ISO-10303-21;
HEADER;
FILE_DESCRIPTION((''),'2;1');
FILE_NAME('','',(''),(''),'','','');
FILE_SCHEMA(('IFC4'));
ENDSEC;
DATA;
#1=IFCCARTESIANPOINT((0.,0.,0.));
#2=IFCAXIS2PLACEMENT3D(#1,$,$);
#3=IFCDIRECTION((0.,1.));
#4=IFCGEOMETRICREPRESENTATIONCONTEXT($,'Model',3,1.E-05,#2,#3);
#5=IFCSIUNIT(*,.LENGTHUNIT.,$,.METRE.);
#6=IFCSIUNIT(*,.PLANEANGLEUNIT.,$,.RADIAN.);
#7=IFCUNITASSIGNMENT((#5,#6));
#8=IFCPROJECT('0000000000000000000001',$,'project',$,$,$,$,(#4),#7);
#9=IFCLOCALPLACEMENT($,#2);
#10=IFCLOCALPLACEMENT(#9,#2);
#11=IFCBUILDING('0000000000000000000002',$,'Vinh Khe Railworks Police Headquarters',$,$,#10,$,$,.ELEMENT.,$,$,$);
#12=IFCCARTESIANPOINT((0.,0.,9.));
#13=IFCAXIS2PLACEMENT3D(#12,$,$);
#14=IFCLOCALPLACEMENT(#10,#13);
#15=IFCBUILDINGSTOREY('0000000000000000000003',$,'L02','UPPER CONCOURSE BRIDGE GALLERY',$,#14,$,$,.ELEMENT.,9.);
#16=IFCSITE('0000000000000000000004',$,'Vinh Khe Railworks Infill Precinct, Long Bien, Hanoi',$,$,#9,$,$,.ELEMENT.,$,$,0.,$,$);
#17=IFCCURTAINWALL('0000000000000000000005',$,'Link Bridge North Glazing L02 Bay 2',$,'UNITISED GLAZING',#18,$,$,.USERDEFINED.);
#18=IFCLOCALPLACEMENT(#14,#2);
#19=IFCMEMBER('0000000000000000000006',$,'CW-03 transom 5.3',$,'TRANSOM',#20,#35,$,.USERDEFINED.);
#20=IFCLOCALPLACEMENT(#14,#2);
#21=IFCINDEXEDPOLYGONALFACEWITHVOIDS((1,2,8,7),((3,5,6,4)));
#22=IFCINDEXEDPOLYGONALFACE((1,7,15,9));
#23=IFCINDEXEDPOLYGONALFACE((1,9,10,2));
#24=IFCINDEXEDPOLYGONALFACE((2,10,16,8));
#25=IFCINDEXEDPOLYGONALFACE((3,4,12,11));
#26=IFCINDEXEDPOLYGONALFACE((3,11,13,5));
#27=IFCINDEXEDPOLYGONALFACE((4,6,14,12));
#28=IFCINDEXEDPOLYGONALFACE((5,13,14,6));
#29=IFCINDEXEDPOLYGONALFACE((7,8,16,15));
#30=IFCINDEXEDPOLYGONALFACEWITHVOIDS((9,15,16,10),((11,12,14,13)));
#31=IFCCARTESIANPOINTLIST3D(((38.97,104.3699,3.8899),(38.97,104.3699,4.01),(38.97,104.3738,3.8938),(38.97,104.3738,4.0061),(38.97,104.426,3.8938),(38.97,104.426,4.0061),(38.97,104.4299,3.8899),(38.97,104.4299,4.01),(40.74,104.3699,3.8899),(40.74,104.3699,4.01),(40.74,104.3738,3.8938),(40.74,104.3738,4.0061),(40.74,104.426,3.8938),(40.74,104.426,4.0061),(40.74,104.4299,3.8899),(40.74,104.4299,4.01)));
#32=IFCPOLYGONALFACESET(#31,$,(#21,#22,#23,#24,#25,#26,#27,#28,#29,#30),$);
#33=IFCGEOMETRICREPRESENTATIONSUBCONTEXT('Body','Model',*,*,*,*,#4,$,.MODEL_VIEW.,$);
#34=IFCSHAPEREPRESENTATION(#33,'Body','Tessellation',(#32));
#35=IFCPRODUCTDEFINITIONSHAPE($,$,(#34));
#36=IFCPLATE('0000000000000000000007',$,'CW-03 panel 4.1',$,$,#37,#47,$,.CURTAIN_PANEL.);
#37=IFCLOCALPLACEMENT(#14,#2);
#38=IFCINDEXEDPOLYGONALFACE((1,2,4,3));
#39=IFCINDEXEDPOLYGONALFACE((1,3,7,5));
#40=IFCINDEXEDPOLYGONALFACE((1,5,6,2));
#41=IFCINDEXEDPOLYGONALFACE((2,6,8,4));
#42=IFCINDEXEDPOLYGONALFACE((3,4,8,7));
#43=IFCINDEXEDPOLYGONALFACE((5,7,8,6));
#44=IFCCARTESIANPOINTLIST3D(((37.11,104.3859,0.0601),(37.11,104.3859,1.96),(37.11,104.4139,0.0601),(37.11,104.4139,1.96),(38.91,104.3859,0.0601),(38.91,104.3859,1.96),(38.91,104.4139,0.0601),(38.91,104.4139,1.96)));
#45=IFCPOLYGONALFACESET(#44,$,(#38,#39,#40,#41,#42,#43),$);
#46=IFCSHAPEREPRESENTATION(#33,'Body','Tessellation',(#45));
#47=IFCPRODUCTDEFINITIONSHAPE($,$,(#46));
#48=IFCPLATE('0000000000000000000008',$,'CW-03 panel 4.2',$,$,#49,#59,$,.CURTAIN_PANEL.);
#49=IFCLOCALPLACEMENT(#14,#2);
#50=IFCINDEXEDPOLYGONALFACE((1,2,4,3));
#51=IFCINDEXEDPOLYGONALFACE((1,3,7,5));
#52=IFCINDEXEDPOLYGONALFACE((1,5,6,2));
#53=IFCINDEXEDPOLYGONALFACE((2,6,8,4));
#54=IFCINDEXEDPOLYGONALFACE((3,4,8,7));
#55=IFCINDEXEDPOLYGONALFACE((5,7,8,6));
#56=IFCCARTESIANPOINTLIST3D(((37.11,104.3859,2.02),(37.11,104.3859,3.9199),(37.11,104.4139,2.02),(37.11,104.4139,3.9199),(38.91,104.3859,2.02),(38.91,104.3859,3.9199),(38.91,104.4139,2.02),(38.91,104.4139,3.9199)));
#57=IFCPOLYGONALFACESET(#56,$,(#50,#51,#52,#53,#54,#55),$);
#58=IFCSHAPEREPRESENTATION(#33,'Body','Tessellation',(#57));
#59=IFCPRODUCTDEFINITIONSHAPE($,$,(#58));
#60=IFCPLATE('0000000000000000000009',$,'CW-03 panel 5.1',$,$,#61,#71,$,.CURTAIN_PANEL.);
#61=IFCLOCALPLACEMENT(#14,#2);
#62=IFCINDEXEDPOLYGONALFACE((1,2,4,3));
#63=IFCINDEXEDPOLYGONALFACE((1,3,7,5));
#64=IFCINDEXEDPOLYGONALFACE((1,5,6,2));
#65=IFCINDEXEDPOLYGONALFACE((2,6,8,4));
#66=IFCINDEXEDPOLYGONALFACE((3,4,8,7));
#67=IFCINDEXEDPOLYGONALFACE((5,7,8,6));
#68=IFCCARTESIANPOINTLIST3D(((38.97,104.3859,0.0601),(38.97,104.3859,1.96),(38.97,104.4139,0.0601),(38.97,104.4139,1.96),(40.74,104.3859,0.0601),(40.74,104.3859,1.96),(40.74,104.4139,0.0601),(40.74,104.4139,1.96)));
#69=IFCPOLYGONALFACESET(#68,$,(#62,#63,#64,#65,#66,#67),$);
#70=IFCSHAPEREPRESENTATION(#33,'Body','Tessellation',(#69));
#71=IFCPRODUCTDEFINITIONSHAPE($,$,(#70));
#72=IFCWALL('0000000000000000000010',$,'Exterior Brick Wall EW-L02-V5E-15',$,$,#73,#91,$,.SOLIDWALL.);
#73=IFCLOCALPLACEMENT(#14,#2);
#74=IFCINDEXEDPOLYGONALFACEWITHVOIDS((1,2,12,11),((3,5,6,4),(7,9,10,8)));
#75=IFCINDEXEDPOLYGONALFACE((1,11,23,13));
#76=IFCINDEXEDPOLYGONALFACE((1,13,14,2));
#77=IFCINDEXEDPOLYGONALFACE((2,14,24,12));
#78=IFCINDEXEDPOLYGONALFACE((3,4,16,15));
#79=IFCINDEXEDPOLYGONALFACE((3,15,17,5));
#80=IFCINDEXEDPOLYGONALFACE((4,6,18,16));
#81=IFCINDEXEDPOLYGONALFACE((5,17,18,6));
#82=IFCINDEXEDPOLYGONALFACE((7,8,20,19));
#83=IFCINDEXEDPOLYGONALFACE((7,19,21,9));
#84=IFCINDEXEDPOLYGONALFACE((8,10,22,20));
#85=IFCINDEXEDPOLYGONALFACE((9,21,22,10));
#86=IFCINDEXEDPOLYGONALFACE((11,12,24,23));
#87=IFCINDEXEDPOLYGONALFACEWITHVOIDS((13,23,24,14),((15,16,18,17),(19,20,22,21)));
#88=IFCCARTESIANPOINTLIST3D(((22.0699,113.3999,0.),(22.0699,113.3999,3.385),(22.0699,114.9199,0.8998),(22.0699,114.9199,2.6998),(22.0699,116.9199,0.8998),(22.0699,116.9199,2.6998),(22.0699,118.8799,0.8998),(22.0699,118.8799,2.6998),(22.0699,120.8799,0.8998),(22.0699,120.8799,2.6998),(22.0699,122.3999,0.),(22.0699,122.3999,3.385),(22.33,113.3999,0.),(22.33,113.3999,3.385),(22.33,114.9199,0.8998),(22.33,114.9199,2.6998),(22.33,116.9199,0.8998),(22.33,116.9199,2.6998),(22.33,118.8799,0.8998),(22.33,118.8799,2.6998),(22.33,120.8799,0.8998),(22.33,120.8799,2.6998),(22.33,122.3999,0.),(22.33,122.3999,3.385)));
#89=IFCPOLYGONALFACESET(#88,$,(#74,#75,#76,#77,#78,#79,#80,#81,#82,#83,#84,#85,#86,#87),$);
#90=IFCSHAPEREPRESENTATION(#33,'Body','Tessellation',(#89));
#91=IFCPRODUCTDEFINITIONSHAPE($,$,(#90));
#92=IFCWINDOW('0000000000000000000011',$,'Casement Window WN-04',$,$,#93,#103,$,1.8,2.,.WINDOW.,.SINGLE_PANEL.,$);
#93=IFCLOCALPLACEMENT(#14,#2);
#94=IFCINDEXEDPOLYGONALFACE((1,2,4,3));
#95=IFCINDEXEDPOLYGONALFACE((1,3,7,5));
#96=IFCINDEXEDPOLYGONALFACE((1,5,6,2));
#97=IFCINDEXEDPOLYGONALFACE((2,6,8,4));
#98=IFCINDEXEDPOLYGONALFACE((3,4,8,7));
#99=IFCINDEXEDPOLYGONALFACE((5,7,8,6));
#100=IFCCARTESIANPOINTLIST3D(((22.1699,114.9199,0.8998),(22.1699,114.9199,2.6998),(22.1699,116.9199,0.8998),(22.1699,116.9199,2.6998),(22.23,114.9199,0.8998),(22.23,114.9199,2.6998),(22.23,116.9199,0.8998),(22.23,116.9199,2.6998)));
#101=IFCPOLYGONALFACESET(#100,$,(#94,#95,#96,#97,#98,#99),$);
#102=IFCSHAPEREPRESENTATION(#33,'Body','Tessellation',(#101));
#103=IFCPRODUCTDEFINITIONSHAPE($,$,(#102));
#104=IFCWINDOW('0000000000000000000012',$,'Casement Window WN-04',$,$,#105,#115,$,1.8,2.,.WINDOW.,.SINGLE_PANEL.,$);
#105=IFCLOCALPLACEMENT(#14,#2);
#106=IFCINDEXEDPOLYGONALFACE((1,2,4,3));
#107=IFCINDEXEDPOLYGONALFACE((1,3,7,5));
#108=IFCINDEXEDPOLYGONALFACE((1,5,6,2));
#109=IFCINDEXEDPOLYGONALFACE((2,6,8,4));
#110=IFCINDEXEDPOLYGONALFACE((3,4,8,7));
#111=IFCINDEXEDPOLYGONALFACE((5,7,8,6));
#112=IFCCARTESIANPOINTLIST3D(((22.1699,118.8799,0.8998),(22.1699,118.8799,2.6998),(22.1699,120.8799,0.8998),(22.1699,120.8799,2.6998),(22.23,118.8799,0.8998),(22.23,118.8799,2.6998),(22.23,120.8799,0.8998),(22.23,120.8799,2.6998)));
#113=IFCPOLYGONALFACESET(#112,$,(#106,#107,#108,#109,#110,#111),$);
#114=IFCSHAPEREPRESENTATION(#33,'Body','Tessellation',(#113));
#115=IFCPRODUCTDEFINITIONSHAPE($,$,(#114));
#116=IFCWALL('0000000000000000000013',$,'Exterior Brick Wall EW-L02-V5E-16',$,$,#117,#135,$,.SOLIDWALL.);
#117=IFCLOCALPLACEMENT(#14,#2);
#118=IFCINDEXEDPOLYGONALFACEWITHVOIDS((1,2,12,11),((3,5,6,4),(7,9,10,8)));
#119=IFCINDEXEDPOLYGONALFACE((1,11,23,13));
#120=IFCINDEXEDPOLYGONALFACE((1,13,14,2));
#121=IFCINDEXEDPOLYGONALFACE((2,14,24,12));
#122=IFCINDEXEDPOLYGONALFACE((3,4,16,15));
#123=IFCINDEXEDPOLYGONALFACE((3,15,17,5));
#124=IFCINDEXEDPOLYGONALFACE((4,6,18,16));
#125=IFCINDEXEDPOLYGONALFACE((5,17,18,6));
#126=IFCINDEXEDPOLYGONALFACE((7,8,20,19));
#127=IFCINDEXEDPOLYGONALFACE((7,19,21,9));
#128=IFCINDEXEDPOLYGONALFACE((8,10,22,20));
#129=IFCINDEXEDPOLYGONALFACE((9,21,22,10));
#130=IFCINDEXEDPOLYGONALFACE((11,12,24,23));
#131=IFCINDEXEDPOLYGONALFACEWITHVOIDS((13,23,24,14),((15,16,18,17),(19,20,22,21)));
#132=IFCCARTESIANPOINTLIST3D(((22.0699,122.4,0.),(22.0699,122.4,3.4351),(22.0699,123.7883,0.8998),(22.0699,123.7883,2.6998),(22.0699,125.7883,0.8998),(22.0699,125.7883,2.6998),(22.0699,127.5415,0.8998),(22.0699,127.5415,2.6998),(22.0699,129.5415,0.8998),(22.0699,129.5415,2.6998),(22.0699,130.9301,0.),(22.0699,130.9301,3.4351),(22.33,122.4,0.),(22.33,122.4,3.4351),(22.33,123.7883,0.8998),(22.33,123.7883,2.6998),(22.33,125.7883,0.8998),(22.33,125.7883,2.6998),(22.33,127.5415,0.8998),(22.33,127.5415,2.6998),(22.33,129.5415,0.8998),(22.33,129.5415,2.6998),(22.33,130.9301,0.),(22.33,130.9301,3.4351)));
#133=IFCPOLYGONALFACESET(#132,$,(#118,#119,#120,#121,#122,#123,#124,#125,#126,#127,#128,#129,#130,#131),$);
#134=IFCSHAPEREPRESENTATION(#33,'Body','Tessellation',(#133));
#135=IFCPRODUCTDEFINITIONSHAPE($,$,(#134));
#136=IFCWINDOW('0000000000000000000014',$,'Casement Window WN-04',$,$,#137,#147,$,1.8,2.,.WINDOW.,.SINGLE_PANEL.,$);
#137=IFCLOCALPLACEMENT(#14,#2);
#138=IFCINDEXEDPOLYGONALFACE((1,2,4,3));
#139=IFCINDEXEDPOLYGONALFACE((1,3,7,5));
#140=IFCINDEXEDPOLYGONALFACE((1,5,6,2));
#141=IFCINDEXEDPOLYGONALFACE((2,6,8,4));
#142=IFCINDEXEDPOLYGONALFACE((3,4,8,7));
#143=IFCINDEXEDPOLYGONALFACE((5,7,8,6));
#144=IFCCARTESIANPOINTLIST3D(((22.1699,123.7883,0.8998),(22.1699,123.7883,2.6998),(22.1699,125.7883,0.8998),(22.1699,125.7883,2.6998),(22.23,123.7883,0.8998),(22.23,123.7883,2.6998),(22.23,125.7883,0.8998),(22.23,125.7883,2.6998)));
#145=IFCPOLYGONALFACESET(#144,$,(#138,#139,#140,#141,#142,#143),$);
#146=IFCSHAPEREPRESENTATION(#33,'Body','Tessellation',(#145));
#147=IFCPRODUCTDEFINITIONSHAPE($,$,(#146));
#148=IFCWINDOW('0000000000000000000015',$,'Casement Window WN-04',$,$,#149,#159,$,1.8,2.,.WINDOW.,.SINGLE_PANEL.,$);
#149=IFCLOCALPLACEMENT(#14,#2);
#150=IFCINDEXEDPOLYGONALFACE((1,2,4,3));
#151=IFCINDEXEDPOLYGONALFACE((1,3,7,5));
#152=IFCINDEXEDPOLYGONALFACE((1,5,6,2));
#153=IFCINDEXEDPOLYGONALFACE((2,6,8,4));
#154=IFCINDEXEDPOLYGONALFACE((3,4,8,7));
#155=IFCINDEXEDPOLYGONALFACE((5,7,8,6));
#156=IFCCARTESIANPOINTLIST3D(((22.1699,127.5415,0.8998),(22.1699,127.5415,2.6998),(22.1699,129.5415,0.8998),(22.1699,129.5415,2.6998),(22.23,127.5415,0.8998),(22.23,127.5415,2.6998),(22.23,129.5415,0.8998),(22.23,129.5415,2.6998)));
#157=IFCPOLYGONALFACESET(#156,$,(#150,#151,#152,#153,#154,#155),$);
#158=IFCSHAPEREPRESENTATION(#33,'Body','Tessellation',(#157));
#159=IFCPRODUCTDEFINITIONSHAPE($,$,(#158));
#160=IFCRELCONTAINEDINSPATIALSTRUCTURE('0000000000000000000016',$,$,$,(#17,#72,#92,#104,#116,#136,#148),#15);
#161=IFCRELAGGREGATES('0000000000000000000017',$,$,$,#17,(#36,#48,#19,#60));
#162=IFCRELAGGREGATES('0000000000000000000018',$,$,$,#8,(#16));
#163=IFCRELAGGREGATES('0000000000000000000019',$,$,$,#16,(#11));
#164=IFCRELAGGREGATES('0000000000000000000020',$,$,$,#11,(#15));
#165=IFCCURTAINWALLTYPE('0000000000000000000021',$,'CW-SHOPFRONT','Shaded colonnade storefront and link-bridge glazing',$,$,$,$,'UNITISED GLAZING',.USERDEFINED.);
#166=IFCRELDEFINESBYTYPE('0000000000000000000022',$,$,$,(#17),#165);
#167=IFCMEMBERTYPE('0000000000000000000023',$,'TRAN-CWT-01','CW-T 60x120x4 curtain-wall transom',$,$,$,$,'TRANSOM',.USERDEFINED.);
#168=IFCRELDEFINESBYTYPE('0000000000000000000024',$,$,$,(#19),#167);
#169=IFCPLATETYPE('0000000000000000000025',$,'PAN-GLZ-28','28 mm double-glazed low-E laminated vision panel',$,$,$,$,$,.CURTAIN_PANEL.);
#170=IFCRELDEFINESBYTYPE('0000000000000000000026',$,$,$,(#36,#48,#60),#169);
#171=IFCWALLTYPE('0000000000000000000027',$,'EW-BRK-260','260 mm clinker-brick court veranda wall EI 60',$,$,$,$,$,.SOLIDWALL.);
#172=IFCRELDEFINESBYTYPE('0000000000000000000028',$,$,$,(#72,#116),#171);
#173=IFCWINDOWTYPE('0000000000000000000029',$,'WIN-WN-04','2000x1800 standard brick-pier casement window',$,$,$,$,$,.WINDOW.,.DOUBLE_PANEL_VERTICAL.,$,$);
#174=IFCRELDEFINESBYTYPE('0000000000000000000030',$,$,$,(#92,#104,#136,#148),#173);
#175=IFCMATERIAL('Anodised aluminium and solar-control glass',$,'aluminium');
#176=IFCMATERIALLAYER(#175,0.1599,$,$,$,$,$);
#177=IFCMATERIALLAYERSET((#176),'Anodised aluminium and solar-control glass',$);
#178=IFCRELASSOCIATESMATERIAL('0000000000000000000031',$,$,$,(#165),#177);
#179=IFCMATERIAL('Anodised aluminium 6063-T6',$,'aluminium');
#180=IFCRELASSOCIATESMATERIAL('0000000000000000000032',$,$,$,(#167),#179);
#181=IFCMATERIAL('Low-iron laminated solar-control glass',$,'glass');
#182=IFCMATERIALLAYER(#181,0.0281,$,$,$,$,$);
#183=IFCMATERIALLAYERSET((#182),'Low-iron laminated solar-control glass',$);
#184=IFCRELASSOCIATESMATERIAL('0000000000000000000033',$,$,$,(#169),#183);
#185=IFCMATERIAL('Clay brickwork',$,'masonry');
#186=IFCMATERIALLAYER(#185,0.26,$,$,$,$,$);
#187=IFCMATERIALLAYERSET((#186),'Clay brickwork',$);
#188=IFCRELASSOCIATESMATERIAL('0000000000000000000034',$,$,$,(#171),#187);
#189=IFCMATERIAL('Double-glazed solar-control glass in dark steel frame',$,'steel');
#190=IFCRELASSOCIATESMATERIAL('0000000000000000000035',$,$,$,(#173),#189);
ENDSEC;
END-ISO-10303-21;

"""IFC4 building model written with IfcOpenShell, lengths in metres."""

from ifc_helpers import new_model, si_unit, direction, frame, frame_2d, origin, origin_2d, place, context, subcontext, project, spatial, rectangle, hollow_rectangle, extrude, material, layer, layer_set, material_profile, profile_set, type_object, element, fill, aggregate, save


model = new_model("IFC4")

# Units and contexts
model_context = context("Model", 3, precision=1e-05, world=origin(), true_north=direction((0.0, 1.0)))
body_context = subcontext(model_context, "Body", "Model", "MODEL_VIEW")
ifc_project = project(units=[si_unit("LENGTHUNIT", "METRE"), si_unit("PLANEANGLEUNIT", "RADIAN")], contexts=[model_context])

# Site, building, storey
site_placement = place(None, origin())
site = spatial("IfcSite", under=ifc_project, at=site_placement, Name="Vinh Khe Railworks Infill Precinct, Long Bien, Hanoi", CompositionType="ELEMENT", RefElevation=0.0)
building_placement = place(site_placement, origin())
building = spatial("IfcBuilding", under=site, at=building_placement, Name="Vinh Khe Railworks Police Headquarters", CompositionType="ELEMENT")
storey_placement = place(building_placement, frame((0.0, 0.0, 9.0)))
storey = spatial("IfcBuildingStorey", under=building, at=storey_placement, Name="L02", Description="UPPER CONCOURSE BRIDGE GALLERY", CompositionType="ELEMENT", Elevation=9.0)

# Curtain wall
ifc_material_1 = material(Name="Anodised aluminium and solar-control glass", Category="aluminium")
ifc_layer_1 = layer(ifc_material_1, 0.1599)
ifc_layer_set_1 = layer_set([ifc_layer_1], Name="Anodised aluminium and solar-control glass")
curtain_wall_type = type_object("IfcCurtainWallType", Name="CW-SHOPFRONT", Description="Shaded colonnade storefront and link-bridge glazing", ElementType="UNITISED GLAZING", PredefinedType="USERDEFINED", material=ifc_layer_set_1)
curtain_wall_placement = place(storey_placement, origin())
curtain_wall = element("IfcCurtainWall", 1, at=curtain_wall_placement, inside=storey, type_object=curtain_wall_type, Name="Link Bridge North Glazing L02 Bay 2", ObjectType="UNITISED GLAZING", PredefinedType="USERDEFINED")
ifc_material_2 = material(Name="Anodised aluminium 6063-T6", Category="aluminium")

# Member
ifc_material_profile_1 = material_profile(ifc_material_2, hollow_rectangle(XDim=0.0601, YDim=0.1201, WallThickness=0.0039, at=origin_2d()), Name="CW-T 60x120x4")
ifc_profile_set_1 = profile_set([ifc_material_profile_1], Name="Anodised aluminium 6063-T6")
member_type_1 = type_object("IfcMemberType", Name="TRAN-CWT-01", Description="CW-T 60x120x4 curtain-wall transom", ElementType="TRANSOM", PredefinedType="USERDEFINED", material=ifc_profile_set_1)
member_1_placement = place(storey_placement, frame((38.97, 104.3999, 3.95), z_axis=(1.0, 0.0, 0.0), x_axis=(0.0, 1.0, 0.0)))
member_1 = element("IfcMember", 2, at=member_1_placement, type_object=member_type_1, Name="CW-03 transom 5.3", ObjectType="TRANSOM", PredefinedType="USERDEFINED", context=body_context, shape_type="SweptSolid", body=[
    extrude(hollow_rectangle(XDim=0.0601, YDim=0.1201, WallThickness=0.0039, at=origin_2d()), origin(), (0.0, 0.0, 1.0), 1.77),
])

# Plates
ifc_material_3 = material(Name="Low-iron laminated solar-control glass", Category="glass")
ifc_layer_2 = layer(ifc_material_3, 0.0281)
ifc_layer_set_2 = layer_set([ifc_layer_2], Name="Low-iron laminated solar-control glass")
plate_type = type_object("IfcPlateType", Name="PAN-GLZ-28", Description="28 mm double-glazed low-E laminated vision panel", PredefinedType="CURTAIN_PANEL", material=ifc_layer_set_2)
plate_1_placement = place(storey_placement, frame((38.01, 104.3999, 0.0601), z_axis=(0.0, 0.0, 1.0), x_axis=(1.0, 0.0, 0.0)))
plate_1 = element("IfcPlate", 3, at=plate_1_placement, type_object=plate_type, Name="CW-03 panel 4.1", PredefinedType="CURTAIN_PANEL", context=body_context, shape_type="SweptSolid", body=[
    extrude(rectangle(XDim=1.8, YDim=0.0281, at=origin_2d()), origin(), (0.0, 0.0, 1.0), 1.8999),
])
plate_2_placement = place(storey_placement, frame((38.01, 104.3999, 2.02), z_axis=(0.0, 0.0, 1.0), x_axis=(1.0, 0.0, 0.0)))
plate_2 = element("IfcPlate", 4, at=plate_2_placement, type_object=plate_type, Name="CW-03 panel 4.2", PredefinedType="CURTAIN_PANEL", context=body_context, shape_type="SweptSolid", body=[
    extrude(rectangle(XDim=1.8, YDim=0.0281, at=origin_2d()), origin(), (0.0, 0.0, 1.0), 1.8999),
])
plate_3_placement = place(storey_placement, frame((39.855, 104.3999, 0.0601), z_axis=(0.0, 0.0, 1.0), x_axis=(1.0, 0.0, 0.0)))
plate_3 = element("IfcPlate", 5, at=plate_3_placement, type_object=plate_type, Name="CW-03 panel 5.1", PredefinedType="CURTAIN_PANEL", context=body_context, shape_type="SweptSolid", body=[
    extrude(rectangle(XDim=1.77, YDim=0.0281, at=origin_2d()), origin(), (0.0, 0.0, 1.0), 1.8999),
])
aggregate(curtain_wall, [plate_1, plate_2, member_1, plate_3])

# Walls, openings, windows
ifc_material_4 = material(Name="Clay brickwork", Category="masonry")
ifc_layer_3 = layer(ifc_material_4, 0.26)
ifc_layer_set_3 = layer_set([ifc_layer_3], Name="Clay brickwork")
wall_type = type_object("IfcWallType", Name="EW-BRK-260", Description="260 mm clinker-brick court veranda wall EI 60", PredefinedType="SOLIDWALL", material=ifc_layer_set_3)
wall_1_placement = place(storey_placement, frame((22.2, 113.3999, 0.0), z_axis=(0.0, 0.0, 1.0), x_axis=(0.0, 1.0, 0.0)))
wall_1 = element("IfcWall", 6, at=wall_1_placement, inside=storey, type_object=wall_type, Name="Exterior Brick Wall EW-L02-V5E-15", PredefinedType="SOLIDWALL", context=body_context, shape_type="SweptSolid", body=[
    extrude(rectangle(XDim=9.0, YDim=0.26, at=frame_2d((4.5, 0.0))), origin(), (0.0, 0.0, 1.0), 3.385),
])
opening_1_placement = place(wall_1_placement, frame((1.52, 0.0, 0.8999)))
opening_1 = element("IfcOpeningElement", 7, at=opening_1_placement, cuts=wall_1, PredefinedType="OPENING", context=body_context, shape_type="SweptSolid", body=[
    extrude(rectangle(XDim=2.0, YDim=1.8, at=frame_2d((1.0, 0.8999))), frame((0.0, 0.145, 0.0), z_axis=(0.0, -1.0, 0.0), x_axis=(1.0, 0.0, 0.0)), (0.0, 0.0, 1.0), 0.2898),
])
opening_2_placement = place(wall_1_placement, frame((5.48, 0.0, 0.8999)))
opening_2 = element("IfcOpeningElement", 8, at=opening_2_placement, cuts=wall_1, PredefinedType="OPENING", context=body_context, shape_type="SweptSolid", body=[
    extrude(rectangle(XDim=2.0, YDim=1.8, at=frame_2d((1.0, 0.8999))), frame((0.0, 0.145, 0.0), z_axis=(0.0, -1.0, 0.0), x_axis=(1.0, 0.0, 0.0)), (0.0, 0.0, 1.0), 0.2898),
])
ifc_material_5 = material(Name="Double-glazed solar-control glass in dark steel frame", Category="steel")
window_type = type_object("IfcWindowType", Name="WIN-WN-04", Description="2000x1800 standard brick-pier casement window", PartitioningType="DOUBLE_PANEL_VERTICAL", PredefinedType="WINDOW", material=ifc_material_5)
window_1_placement = place(opening_1_placement, origin())
window_1 = element("IfcWindow", 9, at=window_1_placement, inside=storey, type_object=window_type, Name="Casement Window WN-04", OverallHeight=1.8, OverallWidth=2.0, PartitioningType="SINGLE_PANEL", PredefinedType="WINDOW", context=body_context, shape_type="SweptSolid", body=[
    extrude(rectangle(XDim=2.0, YDim=1.8, at=frame_2d((1.0, 0.8999))), frame((0.0, 0.03, 0.0), z_axis=(0.0, -1.0, 0.0), x_axis=(1.0, 0.0, 0.0)), (0.0, 0.0, 1.0), 0.0601),
])
fill(opening_1, window_1)
window_2_placement = place(opening_2_placement, origin())
window_2 = element("IfcWindow", 10, at=window_2_placement, inside=storey, type_object=window_type, Name="Casement Window WN-04", OverallHeight=1.8, OverallWidth=2.0, PartitioningType="SINGLE_PANEL", PredefinedType="WINDOW", context=body_context, shape_type="SweptSolid", body=[
    extrude(rectangle(XDim=2.0, YDim=1.8, at=frame_2d((1.0, 0.8999))), frame((0.0, 0.03, 0.0), z_axis=(0.0, -1.0, 0.0), x_axis=(1.0, 0.0, 0.0)), (0.0, 0.0, 1.0), 0.0601),
])
fill(opening_2, window_2)
wall_2_placement = place(storey_placement, frame((22.2, 122.3999, 0.0), z_axis=(0.0, 0.0, 1.0), x_axis=(0.0, 1.0, 0.0)))
wall_2 = element("IfcWall", 11, at=wall_2_placement, inside=storey, type_object=wall_type, Name="Exterior Brick Wall EW-L02-V5E-16", PredefinedType="SOLIDWALL", context=body_context, shape_type="SweptSolid", body=[
    extrude(rectangle(XDim=8.53, YDim=0.26, at=frame_2d((4.2651, 0.0))), origin(), (0.0, 0.0, 1.0), 3.4351),
])
opening_3_placement = place(wall_2_placement, frame((1.3884, 0.0, 0.8999)))
opening_3 = element("IfcOpeningElement", 12, at=opening_3_placement, cuts=wall_2, PredefinedType="OPENING", context=body_context, shape_type="SweptSolid", body=[
    extrude(rectangle(XDim=2.0, YDim=1.8, at=frame_2d((1.0, 0.8999))), frame((0.0, 0.145, 0.0), z_axis=(0.0, -1.0, 0.0), x_axis=(1.0, 0.0, 0.0)), (0.0, 0.0, 1.0), 0.2898),
])
opening_4_placement = place(wall_2_placement, frame((5.1416, 0.0, 0.8999)))
opening_4 = element("IfcOpeningElement", 13, at=opening_4_placement, cuts=wall_2, PredefinedType="OPENING", context=body_context, shape_type="SweptSolid", body=[
    extrude(rectangle(XDim=2.0, YDim=1.8, at=frame_2d((1.0, 0.8999))), frame((0.0, 0.145, 0.0), z_axis=(0.0, -1.0, 0.0), x_axis=(1.0, 0.0, 0.0)), (0.0, 0.0, 1.0), 0.2898),
])
window_3_placement = place(opening_3_placement, origin())
window_3 = element("IfcWindow", 14, at=window_3_placement, inside=storey, type_object=window_type, Name="Casement Window WN-04", OverallHeight=1.8, OverallWidth=2.0, PartitioningType="SINGLE_PANEL", PredefinedType="WINDOW", context=body_context, shape_type="SweptSolid", body=[
    extrude(rectangle(XDim=2.0, YDim=1.8, at=frame_2d((1.0, 0.8999))), frame((0.0, 0.03, 0.0), z_axis=(0.0, -1.0, 0.0), x_axis=(1.0, 0.0, 0.0)), (0.0, 0.0, 1.0), 0.0601),
])
fill(opening_3, window_3)
window_4_placement = place(opening_4_placement, origin())
window_4 = element("IfcWindow", 15, at=window_4_placement, inside=storey, type_object=window_type, Name="Casement Window WN-04", OverallHeight=1.8, OverallWidth=2.0, PartitioningType="SINGLE_PANEL", PredefinedType="WINDOW", context=body_context, shape_type="SweptSolid", body=[
    extrude(rectangle(XDim=2.0, YDim=1.8, at=frame_2d((1.0, 0.8999))), frame((0.0, 0.03, 0.0), z_axis=(0.0, -1.0, 0.0), x_axis=(1.0, 0.0, 0.0)), (0.0, 0.0, 1.0), 0.0601),
])
fill(opening_4, window_4)

save(model, "model.ifc")
